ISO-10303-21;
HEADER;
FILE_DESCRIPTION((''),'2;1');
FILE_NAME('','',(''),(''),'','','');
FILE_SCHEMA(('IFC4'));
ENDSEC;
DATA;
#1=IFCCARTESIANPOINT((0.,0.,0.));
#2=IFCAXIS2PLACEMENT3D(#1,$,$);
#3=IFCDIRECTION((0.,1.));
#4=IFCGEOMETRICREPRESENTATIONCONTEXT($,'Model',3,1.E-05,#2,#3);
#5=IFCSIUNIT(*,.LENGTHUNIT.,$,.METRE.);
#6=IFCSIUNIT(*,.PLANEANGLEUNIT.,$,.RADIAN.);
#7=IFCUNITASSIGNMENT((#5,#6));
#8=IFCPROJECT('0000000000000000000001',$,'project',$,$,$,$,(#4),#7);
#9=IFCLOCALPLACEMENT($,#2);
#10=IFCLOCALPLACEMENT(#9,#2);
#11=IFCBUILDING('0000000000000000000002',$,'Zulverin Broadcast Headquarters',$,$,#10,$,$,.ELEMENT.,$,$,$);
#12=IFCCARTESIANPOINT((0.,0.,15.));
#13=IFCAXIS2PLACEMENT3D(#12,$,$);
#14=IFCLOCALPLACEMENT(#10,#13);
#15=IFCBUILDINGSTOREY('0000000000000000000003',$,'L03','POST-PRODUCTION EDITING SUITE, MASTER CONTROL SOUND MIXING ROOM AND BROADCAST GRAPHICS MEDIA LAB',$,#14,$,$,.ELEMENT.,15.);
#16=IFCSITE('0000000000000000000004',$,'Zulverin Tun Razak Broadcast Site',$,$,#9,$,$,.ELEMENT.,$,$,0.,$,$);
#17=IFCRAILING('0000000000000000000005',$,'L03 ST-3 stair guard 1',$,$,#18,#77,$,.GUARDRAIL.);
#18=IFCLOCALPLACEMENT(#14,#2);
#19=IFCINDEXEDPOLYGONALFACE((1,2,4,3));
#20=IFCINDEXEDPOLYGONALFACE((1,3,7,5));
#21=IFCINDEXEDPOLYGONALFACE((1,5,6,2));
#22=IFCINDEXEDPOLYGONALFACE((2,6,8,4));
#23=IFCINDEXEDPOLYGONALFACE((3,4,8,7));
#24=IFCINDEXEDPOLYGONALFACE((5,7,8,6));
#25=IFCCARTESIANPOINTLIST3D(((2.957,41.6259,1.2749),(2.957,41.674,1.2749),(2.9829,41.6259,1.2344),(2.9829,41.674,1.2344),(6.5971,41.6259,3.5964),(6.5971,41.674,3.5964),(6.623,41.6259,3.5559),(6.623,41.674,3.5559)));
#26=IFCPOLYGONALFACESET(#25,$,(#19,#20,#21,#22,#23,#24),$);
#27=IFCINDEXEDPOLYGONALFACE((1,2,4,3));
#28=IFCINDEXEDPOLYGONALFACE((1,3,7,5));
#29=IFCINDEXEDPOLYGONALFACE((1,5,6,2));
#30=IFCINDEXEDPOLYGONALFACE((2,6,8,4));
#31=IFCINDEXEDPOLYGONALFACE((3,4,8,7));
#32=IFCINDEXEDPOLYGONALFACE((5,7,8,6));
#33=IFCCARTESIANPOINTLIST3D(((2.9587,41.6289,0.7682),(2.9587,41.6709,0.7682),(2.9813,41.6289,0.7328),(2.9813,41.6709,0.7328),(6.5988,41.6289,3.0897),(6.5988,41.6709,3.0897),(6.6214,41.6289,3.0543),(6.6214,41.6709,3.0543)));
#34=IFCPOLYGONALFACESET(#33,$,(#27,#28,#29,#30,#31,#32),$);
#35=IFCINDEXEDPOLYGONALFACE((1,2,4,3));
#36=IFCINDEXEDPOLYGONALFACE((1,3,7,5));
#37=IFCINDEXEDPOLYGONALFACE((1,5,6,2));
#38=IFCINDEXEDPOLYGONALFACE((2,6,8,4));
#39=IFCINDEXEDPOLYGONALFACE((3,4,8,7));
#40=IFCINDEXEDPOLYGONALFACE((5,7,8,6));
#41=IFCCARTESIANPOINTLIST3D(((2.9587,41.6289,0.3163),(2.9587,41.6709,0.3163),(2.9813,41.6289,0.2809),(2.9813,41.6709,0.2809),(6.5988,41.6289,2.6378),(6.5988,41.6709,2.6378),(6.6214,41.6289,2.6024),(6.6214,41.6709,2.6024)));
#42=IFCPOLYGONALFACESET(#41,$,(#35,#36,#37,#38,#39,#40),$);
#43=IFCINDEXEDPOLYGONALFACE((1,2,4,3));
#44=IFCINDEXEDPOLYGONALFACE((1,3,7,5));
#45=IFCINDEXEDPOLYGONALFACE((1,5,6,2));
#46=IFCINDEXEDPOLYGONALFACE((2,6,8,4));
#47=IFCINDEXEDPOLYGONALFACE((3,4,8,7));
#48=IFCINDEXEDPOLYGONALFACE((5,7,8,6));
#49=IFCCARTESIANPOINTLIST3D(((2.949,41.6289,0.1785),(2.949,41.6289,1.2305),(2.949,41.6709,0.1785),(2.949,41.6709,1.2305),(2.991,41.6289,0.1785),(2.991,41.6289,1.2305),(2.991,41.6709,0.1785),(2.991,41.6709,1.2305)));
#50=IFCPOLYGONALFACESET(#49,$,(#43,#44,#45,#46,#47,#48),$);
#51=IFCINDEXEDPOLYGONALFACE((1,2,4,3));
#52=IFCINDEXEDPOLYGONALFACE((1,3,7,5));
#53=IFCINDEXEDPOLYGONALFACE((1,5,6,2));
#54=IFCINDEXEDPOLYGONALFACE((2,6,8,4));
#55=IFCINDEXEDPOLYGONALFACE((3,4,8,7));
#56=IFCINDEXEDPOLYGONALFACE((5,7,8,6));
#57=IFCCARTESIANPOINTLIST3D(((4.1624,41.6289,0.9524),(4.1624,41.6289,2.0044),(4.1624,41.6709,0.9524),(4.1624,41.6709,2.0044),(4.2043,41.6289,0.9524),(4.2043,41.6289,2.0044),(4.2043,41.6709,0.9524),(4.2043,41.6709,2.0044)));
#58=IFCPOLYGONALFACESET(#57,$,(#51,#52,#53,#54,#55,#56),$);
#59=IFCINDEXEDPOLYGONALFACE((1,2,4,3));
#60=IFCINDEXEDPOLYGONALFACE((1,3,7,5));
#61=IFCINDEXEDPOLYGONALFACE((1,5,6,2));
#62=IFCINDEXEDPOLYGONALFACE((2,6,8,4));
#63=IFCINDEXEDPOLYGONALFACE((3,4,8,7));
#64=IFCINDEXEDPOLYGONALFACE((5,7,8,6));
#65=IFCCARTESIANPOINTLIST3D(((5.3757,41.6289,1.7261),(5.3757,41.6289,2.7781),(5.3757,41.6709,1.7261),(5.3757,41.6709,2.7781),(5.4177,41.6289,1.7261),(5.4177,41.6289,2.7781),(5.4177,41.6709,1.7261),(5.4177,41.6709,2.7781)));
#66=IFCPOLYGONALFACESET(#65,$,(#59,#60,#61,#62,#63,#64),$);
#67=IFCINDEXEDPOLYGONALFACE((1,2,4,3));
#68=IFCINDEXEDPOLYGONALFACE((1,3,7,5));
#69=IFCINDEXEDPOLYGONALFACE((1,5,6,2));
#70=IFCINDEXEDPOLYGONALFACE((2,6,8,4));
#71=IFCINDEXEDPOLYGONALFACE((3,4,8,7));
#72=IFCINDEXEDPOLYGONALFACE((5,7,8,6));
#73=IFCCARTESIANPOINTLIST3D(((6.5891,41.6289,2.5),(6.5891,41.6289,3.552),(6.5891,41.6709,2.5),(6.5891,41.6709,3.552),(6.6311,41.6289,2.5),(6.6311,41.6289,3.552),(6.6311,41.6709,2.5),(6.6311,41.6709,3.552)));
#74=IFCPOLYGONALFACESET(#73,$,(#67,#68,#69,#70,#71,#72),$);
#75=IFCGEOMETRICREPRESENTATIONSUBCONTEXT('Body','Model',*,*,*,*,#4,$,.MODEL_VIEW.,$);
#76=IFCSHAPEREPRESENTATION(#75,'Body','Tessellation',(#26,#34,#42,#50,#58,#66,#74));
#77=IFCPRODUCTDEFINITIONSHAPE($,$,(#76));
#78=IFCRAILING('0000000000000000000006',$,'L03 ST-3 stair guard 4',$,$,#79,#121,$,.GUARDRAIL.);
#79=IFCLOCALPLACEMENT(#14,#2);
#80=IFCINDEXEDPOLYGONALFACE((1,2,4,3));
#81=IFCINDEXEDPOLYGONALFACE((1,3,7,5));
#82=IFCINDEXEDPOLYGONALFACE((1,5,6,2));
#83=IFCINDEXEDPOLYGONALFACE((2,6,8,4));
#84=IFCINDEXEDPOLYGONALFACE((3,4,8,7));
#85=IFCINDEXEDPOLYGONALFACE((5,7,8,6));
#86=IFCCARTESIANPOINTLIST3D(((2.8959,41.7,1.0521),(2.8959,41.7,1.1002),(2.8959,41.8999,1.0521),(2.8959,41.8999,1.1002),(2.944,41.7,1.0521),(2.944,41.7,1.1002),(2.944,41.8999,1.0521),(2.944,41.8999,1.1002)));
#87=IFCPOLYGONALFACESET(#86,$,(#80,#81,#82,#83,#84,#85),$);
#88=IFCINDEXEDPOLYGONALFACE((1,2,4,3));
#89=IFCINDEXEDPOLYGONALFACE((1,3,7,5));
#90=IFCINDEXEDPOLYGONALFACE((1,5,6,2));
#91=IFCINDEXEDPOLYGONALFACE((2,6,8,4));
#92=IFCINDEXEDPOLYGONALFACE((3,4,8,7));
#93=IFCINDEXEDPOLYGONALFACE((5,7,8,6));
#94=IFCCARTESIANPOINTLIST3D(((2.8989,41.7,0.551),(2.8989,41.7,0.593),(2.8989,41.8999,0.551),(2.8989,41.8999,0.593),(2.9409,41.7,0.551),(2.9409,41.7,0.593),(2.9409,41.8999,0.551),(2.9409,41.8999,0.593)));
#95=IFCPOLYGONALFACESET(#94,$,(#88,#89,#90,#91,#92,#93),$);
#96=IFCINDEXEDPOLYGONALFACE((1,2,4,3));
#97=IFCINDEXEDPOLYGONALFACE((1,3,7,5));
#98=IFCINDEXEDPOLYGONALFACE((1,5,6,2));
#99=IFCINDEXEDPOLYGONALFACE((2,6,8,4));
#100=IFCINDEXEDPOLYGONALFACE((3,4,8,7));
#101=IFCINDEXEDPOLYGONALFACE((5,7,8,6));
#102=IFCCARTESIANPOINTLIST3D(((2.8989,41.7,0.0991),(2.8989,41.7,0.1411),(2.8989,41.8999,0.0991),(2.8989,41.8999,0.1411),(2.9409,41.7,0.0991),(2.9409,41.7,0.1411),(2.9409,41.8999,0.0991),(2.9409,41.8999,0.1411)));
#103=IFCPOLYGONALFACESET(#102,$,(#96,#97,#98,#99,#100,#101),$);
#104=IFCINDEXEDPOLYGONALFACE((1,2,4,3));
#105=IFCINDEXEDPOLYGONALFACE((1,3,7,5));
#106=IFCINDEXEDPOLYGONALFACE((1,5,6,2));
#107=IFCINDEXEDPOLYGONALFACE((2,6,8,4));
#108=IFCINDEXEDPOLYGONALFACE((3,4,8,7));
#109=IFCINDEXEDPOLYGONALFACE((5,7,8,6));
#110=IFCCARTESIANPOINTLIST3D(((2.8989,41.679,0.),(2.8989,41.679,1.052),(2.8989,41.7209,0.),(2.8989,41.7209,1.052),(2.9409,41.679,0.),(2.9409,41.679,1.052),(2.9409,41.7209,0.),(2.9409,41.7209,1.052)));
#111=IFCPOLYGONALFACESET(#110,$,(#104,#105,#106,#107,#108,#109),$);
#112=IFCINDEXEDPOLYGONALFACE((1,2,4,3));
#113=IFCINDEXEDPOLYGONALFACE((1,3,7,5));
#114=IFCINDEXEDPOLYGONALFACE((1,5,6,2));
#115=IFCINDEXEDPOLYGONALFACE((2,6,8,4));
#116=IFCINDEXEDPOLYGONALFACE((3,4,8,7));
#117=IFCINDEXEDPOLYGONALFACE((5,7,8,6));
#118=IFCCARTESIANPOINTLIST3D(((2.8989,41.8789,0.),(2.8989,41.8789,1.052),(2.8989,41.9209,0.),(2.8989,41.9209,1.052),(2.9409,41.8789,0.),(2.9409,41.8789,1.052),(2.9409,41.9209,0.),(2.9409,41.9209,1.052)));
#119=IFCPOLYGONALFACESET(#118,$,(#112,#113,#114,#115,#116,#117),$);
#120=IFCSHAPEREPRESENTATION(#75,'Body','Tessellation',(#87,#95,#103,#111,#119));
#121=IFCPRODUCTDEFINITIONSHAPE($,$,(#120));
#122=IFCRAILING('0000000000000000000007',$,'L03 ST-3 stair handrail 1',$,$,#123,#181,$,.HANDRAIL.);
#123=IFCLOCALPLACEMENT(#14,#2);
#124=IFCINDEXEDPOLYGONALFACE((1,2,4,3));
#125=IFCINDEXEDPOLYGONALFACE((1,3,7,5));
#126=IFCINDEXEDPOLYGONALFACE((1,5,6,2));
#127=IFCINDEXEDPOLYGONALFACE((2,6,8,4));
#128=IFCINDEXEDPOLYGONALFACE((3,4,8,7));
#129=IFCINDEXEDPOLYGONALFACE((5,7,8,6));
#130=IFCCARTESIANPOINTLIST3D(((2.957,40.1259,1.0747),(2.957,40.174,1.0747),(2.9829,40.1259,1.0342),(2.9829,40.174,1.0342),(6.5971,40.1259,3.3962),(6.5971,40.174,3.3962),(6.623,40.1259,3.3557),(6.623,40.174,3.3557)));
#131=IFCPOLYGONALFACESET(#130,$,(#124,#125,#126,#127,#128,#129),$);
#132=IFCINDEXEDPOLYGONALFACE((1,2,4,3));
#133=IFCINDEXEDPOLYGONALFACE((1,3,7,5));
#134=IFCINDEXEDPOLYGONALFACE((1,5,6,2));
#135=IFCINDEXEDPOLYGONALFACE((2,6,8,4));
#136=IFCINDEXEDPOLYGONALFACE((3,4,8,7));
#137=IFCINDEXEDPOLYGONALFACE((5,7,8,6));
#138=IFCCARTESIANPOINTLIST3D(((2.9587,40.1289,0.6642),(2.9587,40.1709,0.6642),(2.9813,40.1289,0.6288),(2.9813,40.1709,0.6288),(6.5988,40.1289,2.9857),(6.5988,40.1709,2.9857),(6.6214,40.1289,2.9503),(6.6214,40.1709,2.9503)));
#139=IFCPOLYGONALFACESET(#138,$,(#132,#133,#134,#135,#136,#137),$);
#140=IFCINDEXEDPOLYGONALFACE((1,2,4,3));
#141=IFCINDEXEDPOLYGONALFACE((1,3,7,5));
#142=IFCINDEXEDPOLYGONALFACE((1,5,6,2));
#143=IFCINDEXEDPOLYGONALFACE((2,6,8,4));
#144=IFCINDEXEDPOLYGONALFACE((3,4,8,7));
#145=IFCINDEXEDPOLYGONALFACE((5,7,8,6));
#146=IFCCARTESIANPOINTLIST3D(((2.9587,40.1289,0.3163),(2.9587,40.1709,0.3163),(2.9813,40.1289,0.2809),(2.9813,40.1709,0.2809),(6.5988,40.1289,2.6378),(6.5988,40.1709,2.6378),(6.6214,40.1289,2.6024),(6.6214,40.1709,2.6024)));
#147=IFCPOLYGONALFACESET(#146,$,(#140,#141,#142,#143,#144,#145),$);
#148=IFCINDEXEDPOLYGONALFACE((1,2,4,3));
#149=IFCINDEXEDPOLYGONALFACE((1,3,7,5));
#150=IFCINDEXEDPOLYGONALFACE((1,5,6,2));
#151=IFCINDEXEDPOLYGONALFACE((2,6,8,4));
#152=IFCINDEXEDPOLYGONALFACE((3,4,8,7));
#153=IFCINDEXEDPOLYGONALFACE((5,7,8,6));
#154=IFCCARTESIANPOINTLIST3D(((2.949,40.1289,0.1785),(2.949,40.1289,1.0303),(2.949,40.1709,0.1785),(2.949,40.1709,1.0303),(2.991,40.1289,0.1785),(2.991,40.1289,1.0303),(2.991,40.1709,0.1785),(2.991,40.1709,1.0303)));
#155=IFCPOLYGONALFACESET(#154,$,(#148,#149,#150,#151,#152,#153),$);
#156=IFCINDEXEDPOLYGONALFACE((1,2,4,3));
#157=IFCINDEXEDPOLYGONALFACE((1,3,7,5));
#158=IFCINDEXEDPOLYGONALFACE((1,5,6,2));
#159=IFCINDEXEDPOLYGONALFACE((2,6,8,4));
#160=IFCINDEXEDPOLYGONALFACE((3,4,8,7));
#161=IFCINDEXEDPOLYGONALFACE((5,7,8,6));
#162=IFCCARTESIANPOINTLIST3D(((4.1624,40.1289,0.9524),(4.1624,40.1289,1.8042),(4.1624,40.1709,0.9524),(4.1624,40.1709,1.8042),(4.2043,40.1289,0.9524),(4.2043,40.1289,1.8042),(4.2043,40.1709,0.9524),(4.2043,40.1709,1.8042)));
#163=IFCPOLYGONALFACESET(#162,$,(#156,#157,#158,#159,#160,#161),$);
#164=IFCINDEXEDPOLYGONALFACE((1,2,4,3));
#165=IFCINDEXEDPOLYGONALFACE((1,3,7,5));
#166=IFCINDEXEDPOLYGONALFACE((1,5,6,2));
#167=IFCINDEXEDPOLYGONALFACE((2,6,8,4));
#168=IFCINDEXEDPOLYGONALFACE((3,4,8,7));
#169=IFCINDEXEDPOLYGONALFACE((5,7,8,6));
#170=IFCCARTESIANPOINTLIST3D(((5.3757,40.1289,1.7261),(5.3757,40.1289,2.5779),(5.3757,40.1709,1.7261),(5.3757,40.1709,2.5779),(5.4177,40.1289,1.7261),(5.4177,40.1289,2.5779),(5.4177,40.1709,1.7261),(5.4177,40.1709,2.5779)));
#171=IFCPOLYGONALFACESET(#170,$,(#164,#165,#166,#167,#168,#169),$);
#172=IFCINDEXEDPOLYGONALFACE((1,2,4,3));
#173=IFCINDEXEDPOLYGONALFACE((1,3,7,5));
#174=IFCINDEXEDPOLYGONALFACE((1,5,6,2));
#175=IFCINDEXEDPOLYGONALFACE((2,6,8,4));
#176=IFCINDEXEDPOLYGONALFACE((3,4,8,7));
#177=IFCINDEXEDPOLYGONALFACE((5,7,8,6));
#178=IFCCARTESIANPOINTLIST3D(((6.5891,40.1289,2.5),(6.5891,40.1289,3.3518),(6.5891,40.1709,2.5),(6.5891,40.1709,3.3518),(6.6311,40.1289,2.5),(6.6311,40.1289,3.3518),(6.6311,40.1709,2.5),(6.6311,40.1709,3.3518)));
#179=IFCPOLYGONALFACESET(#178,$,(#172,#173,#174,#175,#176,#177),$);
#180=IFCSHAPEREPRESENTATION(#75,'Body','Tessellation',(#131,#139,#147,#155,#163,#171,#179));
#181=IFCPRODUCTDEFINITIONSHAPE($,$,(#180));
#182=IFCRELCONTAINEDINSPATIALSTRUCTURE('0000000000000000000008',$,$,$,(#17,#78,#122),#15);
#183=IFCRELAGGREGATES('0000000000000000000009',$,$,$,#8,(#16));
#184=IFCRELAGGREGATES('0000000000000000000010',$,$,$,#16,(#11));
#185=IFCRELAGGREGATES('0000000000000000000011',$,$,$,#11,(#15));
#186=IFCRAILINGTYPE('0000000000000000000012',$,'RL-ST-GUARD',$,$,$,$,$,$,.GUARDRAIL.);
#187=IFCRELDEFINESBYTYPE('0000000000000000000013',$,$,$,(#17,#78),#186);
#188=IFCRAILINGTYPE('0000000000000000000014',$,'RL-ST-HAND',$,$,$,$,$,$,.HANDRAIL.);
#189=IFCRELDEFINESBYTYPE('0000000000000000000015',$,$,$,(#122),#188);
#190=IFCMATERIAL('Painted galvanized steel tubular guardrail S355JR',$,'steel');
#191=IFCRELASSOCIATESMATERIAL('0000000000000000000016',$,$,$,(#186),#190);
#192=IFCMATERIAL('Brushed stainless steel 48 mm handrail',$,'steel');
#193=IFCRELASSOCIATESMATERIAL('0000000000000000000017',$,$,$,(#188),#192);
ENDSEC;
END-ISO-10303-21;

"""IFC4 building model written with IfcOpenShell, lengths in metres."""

from ifc_helpers import new_model, si_unit, direction, frame, origin, origin_2d, place, context, subcontext, project, spatial, rectangle, extrude, material, type_object, element, save


model = new_model("IFC4")

# Units and contexts
model_context = context("Model", 3, precision=1e-05, world=origin(), true_north=direction((0.0, 1.0)))
body_context = subcontext(model_context, "Body", "Model", "MODEL_VIEW")
ifc_project = project(units=[si_unit("LENGTHUNIT", "METRE"), si_unit("PLANEANGLEUNIT", "RADIAN")], contexts=[model_context])

# Site, building, storey
site_placement = place(None, origin())
site = spatial("IfcSite", under=ifc_project, at=site_placement, Name="Zulverin Tun Razak Broadcast Site", CompositionType="ELEMENT", RefElevation=0.0)
building_placement = place(site_placement, origin())
building = spatial("IfcBuilding", under=site, at=building_placement, Name="Zulverin Broadcast Headquarters", CompositionType="ELEMENT")
storey_placement = place(building_placement, frame((0.0, 0.0, 15.0)))
storey = spatial("IfcBuildingStorey", under=building, at=storey_placement, Name="L03", Description="POST-PRODUCTION EDITING SUITE, MASTER CONTROL SOUND MIXING ROOM AND BROADCAST GRAPHICS MEDIA LAB", CompositionType="ELEMENT", Elevation=15.0)

# Railings
ifc_material_1 = material(Name="Painted galvanized steel tubular guardrail S355JR", Category="steel")
railing_type_1 = type_object("IfcRailingType", Name="RL-ST-GUARD", PredefinedType="GUARDRAIL", material=ifc_material_1)
railing_1_placement = place(storey_placement, frame((2.97, 41.6499, 0.1785)))
element("IfcRailing", 1, at=railing_1_placement, inside=storey, type_object=railing_type_1, Name="L03 ST-3 stair guard 1", PredefinedType="GUARDRAIL", context=body_context, shape_type="SweptSolid", body=[
    extrude(rectangle(XDim=0.0481, YDim=0.0481, at=origin_2d()), frame((0.0, 0.0, 1.0762), z_axis=(0.843128, 0.0, 0.537713), x_axis=(0.0, 1.0, 0.0)), (0.0, 0.0, 1.0), 4.3174),
    extrude(rectangle(XDim=0.042, YDim=0.042, at=origin_2d()), frame((0.0, 0.0, 0.572), z_axis=(0.843128, 0.0, 0.537713), x_axis=(0.0, 1.0, 0.0)), (0.0, 0.0, 1.0), 4.3174),
    extrude(rectangle(XDim=0.042, YDim=0.042, at=origin_2d()), frame((0.0, 0.0, 0.1201), z_axis=(0.843128, 0.0, 0.537713), x_axis=(0.0, 1.0, 0.0)), (0.0, 0.0, 1.0), 4.3174),
    extrude(rectangle(XDim=0.042, YDim=0.042, at=origin_2d()), origin(), (0.0, 0.0, 1.0), 1.052),
    extrude(rectangle(XDim=0.042, YDim=0.042, at=origin_2d()), frame((1.2134, 0.0, 0.7739)), (0.0, 0.0, 1.0), 1.052),
    extrude(rectangle(XDim=0.042, YDim=0.042, at=origin_2d()), frame((2.4268, 0.0, 1.5476)), (0.0, 0.0, 1.0), 1.052),
    extrude(rectangle(XDim=0.042, YDim=0.042, at=origin_2d()), frame((3.6401, 0.0, 2.3215)), (0.0, 0.0, 1.0), 1.052),
])
railing_2_placement = place(storey_placement, frame((2.9199, 41.7, 0.0)))
element("IfcRailing", 2, at=railing_2_placement, inside=storey, type_object=railing_type_1, Name="L03 ST-3 stair guard 4", PredefinedType="GUARDRAIL", context=body_context, shape_type="SweptSolid", body=[
    extrude(rectangle(XDim=0.0481, YDim=0.0481, at=origin_2d()), frame((0.0, 0.0, 1.0762), z_axis=(0.0, 1.0, 0.0), x_axis=(-1.0, 0.0, 0.0)), (0.0, 0.0, 1.0), 0.2),
    extrude(rectangle(XDim=0.042, YDim=0.042, at=origin_2d()), frame((0.0, 0.0, 0.572), z_axis=(0.0, 1.0, 0.0), x_axis=(-1.0, 0.0, 0.0)), (0.0, 0.0, 1.0), 0.2),
    extrude(rectangle(XDim=0.042, YDim=0.042, at=origin_2d()), frame((0.0, 0.0, 0.1201), z_axis=(0.0, 1.0, 0.0), x_axis=(-1.0, 0.0, 0.0)), (0.0, 0.0, 1.0), 0.2),
    extrude(rectangle(XDim=0.042, YDim=0.042, at=origin_2d()), origin(), (0.0, 0.0, 1.0), 1.052),
    extrude(rectangle(XDim=0.042, YDim=0.042, at=origin_2d()), frame((0.0, 0.2, 0.0)), (0.0, 0.0, 1.0), 1.052),
])
ifc_material_2 = material(Name="Brushed stainless steel 48 mm handrail", Category="steel")
railing_type_2 = type_object("IfcRailingType", Name="RL-ST-HAND", PredefinedType="HANDRAIL", material=ifc_material_2)
railing_3_placement = place(storey_placement, frame((2.97, 40.1499, 0.1785)))
element("IfcRailing", 3, at=railing_3_placement, inside=storey, type_object=railing_type_2, Name="L03 ST-3 stair handrail 1", PredefinedType="HANDRAIL", context=body_context, shape_type="SweptSolid", body=[
    extrude(rectangle(XDim=0.0481, YDim=0.0481, at=origin_2d()), frame((0.0, 0.0, 0.876), z_axis=(0.843128, 0.0, 0.537713), x_axis=(0.0, 1.0, 0.0)), (0.0, 0.0, 1.0), 4.3174),
    extrude(rectangle(XDim=0.042, YDim=0.042, at=origin_2d()), frame((0.0, 0.0, 0.468), z_axis=(0.843128, 0.0, 0.537713), x_axis=(0.0, 1.0, 0.0)), (0.0, 0.0, 1.0), 4.3174),
    extrude(rectangle(XDim=0.042, YDim=0.042, at=origin_2d()), frame((0.0, 0.0, 0.1201), z_axis=(0.843128, 0.0, 0.537713), x_axis=(0.0, 1.0, 0.0)), (0.0, 0.0, 1.0), 4.3174),
    extrude(rectangle(XDim=0.042, YDim=0.042, at=origin_2d()), origin(), (0.0, 0.0, 1.0), 0.8518),
    extrude(rectangle(XDim=0.042, YDim=0.042, at=origin_2d()), frame((1.2134, 0.0, 0.7739)), (0.0, 0.0, 1.0), 0.8518),
    extrude(rectangle(XDim=0.042, YDim=0.042, at=origin_2d()), frame((2.4268, 0.0, 1.5476)), (0.0, 0.0, 1.0), 0.8518),
    extrude(rectangle(XDim=0.042, YDim=0.042, at=origin_2d()), frame((3.6401, 0.0, 2.3215)), (0.0, 0.0, 1.0), 0.8518),
])

save(model, "model.ifc")
